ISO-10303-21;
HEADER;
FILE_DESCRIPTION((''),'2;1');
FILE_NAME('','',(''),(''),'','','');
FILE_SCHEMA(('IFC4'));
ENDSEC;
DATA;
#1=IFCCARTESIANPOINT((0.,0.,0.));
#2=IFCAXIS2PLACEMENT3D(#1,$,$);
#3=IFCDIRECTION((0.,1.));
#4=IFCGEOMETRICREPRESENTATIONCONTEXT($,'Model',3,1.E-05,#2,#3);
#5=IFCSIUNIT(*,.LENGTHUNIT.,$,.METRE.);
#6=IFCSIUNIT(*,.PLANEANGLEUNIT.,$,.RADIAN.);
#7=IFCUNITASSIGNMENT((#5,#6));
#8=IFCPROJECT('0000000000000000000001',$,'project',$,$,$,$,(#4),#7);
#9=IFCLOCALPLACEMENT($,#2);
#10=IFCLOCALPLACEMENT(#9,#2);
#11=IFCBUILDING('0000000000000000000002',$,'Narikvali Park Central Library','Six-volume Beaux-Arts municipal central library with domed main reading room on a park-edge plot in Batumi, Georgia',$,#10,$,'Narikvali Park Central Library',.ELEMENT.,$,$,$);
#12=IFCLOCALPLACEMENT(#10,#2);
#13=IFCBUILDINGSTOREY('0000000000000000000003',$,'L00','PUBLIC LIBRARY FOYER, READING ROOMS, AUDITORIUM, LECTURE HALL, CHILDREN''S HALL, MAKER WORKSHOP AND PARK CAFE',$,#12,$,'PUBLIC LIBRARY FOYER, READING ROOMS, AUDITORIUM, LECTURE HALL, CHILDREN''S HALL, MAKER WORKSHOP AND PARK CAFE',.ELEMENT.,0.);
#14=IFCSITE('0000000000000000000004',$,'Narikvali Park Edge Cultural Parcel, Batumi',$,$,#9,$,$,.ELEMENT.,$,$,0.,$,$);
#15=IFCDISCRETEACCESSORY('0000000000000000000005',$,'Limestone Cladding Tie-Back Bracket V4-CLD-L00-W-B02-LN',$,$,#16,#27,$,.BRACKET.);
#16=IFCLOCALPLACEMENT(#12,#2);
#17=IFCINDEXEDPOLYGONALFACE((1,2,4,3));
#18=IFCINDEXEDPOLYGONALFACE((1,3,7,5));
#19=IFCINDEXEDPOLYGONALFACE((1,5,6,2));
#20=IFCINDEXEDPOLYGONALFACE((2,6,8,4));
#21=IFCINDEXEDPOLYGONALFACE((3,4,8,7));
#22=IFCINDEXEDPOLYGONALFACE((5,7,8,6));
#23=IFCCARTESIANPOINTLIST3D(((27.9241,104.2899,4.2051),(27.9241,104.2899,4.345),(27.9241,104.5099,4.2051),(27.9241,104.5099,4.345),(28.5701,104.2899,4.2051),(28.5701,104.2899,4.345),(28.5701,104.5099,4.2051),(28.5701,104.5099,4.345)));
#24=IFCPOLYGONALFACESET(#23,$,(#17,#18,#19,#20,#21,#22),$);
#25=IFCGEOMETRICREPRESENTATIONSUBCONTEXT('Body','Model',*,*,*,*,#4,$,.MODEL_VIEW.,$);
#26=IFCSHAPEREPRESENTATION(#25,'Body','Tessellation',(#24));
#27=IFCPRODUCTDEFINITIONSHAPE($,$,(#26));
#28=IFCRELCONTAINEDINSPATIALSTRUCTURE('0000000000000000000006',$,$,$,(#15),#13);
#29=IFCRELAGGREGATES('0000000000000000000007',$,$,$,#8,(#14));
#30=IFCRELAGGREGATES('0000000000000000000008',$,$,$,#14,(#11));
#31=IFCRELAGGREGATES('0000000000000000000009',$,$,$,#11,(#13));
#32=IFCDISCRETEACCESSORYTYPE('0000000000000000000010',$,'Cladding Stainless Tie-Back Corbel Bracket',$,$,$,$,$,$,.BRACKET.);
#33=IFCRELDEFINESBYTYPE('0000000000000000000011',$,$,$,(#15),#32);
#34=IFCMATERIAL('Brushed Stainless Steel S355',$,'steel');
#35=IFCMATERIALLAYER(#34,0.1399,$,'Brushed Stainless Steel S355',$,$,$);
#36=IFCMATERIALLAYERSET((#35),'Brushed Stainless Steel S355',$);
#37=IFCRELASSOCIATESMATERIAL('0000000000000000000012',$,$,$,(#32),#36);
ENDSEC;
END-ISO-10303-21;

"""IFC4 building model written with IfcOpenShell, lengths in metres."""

from ifc_helpers import new_model, si_unit, direction, frame, origin, origin_2d, place, context, subcontext, project, spatial, rectangle, extrude, material, layer, layer_set, type_object, element, save


model = new_model("IFC4")

# Units and contexts
model_context = context("Model", 3, precision=1e-05, world=origin(), true_north=direction((0.0, 1.0)))
body_context = subcontext(model_context, "Body", "Model", "MODEL_VIEW")
ifc_project = project(units=[si_unit("LENGTHUNIT", "METRE"), si_unit("PLANEANGLEUNIT", "RADIAN")], contexts=[model_context])

# Site, building, storey
site_placement = place(None, origin())
site = spatial("IfcSite", under=ifc_project, at=site_placement, Name="Narikvali Park Edge Cultural Parcel, Batumi", CompositionType="ELEMENT", RefElevation=0.0)
building_placement = place(site_placement, origin())
building = spatial("IfcBuilding", under=site, at=building_placement, Name="Narikvali Park Central Library", Description="Six-volume Beaux-Arts municipal central library with domed main reading room on a park-edge plot in Batumi, Georgia", LongName="Narikvali Park Central Library", CompositionType="ELEMENT")
storey_placement = place(building_placement, origin())
storey = spatial("IfcBuildingStorey", under=building, at=storey_placement, Name="L00", Description="PUBLIC LIBRARY FOYER, READING ROOMS, AUDITORIUM, LECTURE HALL, CHILDREN'S HALL, MAKER WORKSHOP AND PARK CAFE", LongName="PUBLIC LIBRARY FOYER, READING ROOMS, AUDITORIUM, LECTURE HALL, CHILDREN'S HALL, MAKER WORKSHOP AND PARK CAFE", CompositionType="ELEMENT", Elevation=0.0)

# Discrete accessory
ifc_material_1 = material(Name="Brushed Stainless Steel S355", Category="steel")
ifc_layer_1 = layer(ifc_material_1, 0.1399, Name="Brushed Stainless Steel S355")
ifc_layer_set_1 = layer_set([ifc_layer_1], Name="Brushed Stainless Steel S355")
discrete_accessory_type = type_object("IfcDiscreteAccessoryType", Name="Cladding Stainless Tie-Back Corbel Bracket", PredefinedType="BRACKET", material=ifc_layer_set_1)
for number, where, z_axis, x_axis, name in (
    (1, (28.2471, 104.3999, 4.2051), (0.0, 0.0, 1.0), (1.0, 0.0, 0.0), "Limestone Cladding Tie-Back Bracket V4-CLD-L00-W-B02-LN"),
):
    element("IfcDiscreteAccessory", number, at=place(storey_placement, frame(where, z_axis=z_axis, x_axis=x_axis)), inside=storey, type_object=discrete_accessory_type, Name=name, PredefinedType="BRACKET", context=body_context, shape_type="SweptSolid", body=[
        extrude(rectangle(XDim=0.646, YDim=0.22, at=origin_2d()), origin(), (0.0, 0.0, 1.0), 0.1399),
    ])

save(model, "model.ifc")
